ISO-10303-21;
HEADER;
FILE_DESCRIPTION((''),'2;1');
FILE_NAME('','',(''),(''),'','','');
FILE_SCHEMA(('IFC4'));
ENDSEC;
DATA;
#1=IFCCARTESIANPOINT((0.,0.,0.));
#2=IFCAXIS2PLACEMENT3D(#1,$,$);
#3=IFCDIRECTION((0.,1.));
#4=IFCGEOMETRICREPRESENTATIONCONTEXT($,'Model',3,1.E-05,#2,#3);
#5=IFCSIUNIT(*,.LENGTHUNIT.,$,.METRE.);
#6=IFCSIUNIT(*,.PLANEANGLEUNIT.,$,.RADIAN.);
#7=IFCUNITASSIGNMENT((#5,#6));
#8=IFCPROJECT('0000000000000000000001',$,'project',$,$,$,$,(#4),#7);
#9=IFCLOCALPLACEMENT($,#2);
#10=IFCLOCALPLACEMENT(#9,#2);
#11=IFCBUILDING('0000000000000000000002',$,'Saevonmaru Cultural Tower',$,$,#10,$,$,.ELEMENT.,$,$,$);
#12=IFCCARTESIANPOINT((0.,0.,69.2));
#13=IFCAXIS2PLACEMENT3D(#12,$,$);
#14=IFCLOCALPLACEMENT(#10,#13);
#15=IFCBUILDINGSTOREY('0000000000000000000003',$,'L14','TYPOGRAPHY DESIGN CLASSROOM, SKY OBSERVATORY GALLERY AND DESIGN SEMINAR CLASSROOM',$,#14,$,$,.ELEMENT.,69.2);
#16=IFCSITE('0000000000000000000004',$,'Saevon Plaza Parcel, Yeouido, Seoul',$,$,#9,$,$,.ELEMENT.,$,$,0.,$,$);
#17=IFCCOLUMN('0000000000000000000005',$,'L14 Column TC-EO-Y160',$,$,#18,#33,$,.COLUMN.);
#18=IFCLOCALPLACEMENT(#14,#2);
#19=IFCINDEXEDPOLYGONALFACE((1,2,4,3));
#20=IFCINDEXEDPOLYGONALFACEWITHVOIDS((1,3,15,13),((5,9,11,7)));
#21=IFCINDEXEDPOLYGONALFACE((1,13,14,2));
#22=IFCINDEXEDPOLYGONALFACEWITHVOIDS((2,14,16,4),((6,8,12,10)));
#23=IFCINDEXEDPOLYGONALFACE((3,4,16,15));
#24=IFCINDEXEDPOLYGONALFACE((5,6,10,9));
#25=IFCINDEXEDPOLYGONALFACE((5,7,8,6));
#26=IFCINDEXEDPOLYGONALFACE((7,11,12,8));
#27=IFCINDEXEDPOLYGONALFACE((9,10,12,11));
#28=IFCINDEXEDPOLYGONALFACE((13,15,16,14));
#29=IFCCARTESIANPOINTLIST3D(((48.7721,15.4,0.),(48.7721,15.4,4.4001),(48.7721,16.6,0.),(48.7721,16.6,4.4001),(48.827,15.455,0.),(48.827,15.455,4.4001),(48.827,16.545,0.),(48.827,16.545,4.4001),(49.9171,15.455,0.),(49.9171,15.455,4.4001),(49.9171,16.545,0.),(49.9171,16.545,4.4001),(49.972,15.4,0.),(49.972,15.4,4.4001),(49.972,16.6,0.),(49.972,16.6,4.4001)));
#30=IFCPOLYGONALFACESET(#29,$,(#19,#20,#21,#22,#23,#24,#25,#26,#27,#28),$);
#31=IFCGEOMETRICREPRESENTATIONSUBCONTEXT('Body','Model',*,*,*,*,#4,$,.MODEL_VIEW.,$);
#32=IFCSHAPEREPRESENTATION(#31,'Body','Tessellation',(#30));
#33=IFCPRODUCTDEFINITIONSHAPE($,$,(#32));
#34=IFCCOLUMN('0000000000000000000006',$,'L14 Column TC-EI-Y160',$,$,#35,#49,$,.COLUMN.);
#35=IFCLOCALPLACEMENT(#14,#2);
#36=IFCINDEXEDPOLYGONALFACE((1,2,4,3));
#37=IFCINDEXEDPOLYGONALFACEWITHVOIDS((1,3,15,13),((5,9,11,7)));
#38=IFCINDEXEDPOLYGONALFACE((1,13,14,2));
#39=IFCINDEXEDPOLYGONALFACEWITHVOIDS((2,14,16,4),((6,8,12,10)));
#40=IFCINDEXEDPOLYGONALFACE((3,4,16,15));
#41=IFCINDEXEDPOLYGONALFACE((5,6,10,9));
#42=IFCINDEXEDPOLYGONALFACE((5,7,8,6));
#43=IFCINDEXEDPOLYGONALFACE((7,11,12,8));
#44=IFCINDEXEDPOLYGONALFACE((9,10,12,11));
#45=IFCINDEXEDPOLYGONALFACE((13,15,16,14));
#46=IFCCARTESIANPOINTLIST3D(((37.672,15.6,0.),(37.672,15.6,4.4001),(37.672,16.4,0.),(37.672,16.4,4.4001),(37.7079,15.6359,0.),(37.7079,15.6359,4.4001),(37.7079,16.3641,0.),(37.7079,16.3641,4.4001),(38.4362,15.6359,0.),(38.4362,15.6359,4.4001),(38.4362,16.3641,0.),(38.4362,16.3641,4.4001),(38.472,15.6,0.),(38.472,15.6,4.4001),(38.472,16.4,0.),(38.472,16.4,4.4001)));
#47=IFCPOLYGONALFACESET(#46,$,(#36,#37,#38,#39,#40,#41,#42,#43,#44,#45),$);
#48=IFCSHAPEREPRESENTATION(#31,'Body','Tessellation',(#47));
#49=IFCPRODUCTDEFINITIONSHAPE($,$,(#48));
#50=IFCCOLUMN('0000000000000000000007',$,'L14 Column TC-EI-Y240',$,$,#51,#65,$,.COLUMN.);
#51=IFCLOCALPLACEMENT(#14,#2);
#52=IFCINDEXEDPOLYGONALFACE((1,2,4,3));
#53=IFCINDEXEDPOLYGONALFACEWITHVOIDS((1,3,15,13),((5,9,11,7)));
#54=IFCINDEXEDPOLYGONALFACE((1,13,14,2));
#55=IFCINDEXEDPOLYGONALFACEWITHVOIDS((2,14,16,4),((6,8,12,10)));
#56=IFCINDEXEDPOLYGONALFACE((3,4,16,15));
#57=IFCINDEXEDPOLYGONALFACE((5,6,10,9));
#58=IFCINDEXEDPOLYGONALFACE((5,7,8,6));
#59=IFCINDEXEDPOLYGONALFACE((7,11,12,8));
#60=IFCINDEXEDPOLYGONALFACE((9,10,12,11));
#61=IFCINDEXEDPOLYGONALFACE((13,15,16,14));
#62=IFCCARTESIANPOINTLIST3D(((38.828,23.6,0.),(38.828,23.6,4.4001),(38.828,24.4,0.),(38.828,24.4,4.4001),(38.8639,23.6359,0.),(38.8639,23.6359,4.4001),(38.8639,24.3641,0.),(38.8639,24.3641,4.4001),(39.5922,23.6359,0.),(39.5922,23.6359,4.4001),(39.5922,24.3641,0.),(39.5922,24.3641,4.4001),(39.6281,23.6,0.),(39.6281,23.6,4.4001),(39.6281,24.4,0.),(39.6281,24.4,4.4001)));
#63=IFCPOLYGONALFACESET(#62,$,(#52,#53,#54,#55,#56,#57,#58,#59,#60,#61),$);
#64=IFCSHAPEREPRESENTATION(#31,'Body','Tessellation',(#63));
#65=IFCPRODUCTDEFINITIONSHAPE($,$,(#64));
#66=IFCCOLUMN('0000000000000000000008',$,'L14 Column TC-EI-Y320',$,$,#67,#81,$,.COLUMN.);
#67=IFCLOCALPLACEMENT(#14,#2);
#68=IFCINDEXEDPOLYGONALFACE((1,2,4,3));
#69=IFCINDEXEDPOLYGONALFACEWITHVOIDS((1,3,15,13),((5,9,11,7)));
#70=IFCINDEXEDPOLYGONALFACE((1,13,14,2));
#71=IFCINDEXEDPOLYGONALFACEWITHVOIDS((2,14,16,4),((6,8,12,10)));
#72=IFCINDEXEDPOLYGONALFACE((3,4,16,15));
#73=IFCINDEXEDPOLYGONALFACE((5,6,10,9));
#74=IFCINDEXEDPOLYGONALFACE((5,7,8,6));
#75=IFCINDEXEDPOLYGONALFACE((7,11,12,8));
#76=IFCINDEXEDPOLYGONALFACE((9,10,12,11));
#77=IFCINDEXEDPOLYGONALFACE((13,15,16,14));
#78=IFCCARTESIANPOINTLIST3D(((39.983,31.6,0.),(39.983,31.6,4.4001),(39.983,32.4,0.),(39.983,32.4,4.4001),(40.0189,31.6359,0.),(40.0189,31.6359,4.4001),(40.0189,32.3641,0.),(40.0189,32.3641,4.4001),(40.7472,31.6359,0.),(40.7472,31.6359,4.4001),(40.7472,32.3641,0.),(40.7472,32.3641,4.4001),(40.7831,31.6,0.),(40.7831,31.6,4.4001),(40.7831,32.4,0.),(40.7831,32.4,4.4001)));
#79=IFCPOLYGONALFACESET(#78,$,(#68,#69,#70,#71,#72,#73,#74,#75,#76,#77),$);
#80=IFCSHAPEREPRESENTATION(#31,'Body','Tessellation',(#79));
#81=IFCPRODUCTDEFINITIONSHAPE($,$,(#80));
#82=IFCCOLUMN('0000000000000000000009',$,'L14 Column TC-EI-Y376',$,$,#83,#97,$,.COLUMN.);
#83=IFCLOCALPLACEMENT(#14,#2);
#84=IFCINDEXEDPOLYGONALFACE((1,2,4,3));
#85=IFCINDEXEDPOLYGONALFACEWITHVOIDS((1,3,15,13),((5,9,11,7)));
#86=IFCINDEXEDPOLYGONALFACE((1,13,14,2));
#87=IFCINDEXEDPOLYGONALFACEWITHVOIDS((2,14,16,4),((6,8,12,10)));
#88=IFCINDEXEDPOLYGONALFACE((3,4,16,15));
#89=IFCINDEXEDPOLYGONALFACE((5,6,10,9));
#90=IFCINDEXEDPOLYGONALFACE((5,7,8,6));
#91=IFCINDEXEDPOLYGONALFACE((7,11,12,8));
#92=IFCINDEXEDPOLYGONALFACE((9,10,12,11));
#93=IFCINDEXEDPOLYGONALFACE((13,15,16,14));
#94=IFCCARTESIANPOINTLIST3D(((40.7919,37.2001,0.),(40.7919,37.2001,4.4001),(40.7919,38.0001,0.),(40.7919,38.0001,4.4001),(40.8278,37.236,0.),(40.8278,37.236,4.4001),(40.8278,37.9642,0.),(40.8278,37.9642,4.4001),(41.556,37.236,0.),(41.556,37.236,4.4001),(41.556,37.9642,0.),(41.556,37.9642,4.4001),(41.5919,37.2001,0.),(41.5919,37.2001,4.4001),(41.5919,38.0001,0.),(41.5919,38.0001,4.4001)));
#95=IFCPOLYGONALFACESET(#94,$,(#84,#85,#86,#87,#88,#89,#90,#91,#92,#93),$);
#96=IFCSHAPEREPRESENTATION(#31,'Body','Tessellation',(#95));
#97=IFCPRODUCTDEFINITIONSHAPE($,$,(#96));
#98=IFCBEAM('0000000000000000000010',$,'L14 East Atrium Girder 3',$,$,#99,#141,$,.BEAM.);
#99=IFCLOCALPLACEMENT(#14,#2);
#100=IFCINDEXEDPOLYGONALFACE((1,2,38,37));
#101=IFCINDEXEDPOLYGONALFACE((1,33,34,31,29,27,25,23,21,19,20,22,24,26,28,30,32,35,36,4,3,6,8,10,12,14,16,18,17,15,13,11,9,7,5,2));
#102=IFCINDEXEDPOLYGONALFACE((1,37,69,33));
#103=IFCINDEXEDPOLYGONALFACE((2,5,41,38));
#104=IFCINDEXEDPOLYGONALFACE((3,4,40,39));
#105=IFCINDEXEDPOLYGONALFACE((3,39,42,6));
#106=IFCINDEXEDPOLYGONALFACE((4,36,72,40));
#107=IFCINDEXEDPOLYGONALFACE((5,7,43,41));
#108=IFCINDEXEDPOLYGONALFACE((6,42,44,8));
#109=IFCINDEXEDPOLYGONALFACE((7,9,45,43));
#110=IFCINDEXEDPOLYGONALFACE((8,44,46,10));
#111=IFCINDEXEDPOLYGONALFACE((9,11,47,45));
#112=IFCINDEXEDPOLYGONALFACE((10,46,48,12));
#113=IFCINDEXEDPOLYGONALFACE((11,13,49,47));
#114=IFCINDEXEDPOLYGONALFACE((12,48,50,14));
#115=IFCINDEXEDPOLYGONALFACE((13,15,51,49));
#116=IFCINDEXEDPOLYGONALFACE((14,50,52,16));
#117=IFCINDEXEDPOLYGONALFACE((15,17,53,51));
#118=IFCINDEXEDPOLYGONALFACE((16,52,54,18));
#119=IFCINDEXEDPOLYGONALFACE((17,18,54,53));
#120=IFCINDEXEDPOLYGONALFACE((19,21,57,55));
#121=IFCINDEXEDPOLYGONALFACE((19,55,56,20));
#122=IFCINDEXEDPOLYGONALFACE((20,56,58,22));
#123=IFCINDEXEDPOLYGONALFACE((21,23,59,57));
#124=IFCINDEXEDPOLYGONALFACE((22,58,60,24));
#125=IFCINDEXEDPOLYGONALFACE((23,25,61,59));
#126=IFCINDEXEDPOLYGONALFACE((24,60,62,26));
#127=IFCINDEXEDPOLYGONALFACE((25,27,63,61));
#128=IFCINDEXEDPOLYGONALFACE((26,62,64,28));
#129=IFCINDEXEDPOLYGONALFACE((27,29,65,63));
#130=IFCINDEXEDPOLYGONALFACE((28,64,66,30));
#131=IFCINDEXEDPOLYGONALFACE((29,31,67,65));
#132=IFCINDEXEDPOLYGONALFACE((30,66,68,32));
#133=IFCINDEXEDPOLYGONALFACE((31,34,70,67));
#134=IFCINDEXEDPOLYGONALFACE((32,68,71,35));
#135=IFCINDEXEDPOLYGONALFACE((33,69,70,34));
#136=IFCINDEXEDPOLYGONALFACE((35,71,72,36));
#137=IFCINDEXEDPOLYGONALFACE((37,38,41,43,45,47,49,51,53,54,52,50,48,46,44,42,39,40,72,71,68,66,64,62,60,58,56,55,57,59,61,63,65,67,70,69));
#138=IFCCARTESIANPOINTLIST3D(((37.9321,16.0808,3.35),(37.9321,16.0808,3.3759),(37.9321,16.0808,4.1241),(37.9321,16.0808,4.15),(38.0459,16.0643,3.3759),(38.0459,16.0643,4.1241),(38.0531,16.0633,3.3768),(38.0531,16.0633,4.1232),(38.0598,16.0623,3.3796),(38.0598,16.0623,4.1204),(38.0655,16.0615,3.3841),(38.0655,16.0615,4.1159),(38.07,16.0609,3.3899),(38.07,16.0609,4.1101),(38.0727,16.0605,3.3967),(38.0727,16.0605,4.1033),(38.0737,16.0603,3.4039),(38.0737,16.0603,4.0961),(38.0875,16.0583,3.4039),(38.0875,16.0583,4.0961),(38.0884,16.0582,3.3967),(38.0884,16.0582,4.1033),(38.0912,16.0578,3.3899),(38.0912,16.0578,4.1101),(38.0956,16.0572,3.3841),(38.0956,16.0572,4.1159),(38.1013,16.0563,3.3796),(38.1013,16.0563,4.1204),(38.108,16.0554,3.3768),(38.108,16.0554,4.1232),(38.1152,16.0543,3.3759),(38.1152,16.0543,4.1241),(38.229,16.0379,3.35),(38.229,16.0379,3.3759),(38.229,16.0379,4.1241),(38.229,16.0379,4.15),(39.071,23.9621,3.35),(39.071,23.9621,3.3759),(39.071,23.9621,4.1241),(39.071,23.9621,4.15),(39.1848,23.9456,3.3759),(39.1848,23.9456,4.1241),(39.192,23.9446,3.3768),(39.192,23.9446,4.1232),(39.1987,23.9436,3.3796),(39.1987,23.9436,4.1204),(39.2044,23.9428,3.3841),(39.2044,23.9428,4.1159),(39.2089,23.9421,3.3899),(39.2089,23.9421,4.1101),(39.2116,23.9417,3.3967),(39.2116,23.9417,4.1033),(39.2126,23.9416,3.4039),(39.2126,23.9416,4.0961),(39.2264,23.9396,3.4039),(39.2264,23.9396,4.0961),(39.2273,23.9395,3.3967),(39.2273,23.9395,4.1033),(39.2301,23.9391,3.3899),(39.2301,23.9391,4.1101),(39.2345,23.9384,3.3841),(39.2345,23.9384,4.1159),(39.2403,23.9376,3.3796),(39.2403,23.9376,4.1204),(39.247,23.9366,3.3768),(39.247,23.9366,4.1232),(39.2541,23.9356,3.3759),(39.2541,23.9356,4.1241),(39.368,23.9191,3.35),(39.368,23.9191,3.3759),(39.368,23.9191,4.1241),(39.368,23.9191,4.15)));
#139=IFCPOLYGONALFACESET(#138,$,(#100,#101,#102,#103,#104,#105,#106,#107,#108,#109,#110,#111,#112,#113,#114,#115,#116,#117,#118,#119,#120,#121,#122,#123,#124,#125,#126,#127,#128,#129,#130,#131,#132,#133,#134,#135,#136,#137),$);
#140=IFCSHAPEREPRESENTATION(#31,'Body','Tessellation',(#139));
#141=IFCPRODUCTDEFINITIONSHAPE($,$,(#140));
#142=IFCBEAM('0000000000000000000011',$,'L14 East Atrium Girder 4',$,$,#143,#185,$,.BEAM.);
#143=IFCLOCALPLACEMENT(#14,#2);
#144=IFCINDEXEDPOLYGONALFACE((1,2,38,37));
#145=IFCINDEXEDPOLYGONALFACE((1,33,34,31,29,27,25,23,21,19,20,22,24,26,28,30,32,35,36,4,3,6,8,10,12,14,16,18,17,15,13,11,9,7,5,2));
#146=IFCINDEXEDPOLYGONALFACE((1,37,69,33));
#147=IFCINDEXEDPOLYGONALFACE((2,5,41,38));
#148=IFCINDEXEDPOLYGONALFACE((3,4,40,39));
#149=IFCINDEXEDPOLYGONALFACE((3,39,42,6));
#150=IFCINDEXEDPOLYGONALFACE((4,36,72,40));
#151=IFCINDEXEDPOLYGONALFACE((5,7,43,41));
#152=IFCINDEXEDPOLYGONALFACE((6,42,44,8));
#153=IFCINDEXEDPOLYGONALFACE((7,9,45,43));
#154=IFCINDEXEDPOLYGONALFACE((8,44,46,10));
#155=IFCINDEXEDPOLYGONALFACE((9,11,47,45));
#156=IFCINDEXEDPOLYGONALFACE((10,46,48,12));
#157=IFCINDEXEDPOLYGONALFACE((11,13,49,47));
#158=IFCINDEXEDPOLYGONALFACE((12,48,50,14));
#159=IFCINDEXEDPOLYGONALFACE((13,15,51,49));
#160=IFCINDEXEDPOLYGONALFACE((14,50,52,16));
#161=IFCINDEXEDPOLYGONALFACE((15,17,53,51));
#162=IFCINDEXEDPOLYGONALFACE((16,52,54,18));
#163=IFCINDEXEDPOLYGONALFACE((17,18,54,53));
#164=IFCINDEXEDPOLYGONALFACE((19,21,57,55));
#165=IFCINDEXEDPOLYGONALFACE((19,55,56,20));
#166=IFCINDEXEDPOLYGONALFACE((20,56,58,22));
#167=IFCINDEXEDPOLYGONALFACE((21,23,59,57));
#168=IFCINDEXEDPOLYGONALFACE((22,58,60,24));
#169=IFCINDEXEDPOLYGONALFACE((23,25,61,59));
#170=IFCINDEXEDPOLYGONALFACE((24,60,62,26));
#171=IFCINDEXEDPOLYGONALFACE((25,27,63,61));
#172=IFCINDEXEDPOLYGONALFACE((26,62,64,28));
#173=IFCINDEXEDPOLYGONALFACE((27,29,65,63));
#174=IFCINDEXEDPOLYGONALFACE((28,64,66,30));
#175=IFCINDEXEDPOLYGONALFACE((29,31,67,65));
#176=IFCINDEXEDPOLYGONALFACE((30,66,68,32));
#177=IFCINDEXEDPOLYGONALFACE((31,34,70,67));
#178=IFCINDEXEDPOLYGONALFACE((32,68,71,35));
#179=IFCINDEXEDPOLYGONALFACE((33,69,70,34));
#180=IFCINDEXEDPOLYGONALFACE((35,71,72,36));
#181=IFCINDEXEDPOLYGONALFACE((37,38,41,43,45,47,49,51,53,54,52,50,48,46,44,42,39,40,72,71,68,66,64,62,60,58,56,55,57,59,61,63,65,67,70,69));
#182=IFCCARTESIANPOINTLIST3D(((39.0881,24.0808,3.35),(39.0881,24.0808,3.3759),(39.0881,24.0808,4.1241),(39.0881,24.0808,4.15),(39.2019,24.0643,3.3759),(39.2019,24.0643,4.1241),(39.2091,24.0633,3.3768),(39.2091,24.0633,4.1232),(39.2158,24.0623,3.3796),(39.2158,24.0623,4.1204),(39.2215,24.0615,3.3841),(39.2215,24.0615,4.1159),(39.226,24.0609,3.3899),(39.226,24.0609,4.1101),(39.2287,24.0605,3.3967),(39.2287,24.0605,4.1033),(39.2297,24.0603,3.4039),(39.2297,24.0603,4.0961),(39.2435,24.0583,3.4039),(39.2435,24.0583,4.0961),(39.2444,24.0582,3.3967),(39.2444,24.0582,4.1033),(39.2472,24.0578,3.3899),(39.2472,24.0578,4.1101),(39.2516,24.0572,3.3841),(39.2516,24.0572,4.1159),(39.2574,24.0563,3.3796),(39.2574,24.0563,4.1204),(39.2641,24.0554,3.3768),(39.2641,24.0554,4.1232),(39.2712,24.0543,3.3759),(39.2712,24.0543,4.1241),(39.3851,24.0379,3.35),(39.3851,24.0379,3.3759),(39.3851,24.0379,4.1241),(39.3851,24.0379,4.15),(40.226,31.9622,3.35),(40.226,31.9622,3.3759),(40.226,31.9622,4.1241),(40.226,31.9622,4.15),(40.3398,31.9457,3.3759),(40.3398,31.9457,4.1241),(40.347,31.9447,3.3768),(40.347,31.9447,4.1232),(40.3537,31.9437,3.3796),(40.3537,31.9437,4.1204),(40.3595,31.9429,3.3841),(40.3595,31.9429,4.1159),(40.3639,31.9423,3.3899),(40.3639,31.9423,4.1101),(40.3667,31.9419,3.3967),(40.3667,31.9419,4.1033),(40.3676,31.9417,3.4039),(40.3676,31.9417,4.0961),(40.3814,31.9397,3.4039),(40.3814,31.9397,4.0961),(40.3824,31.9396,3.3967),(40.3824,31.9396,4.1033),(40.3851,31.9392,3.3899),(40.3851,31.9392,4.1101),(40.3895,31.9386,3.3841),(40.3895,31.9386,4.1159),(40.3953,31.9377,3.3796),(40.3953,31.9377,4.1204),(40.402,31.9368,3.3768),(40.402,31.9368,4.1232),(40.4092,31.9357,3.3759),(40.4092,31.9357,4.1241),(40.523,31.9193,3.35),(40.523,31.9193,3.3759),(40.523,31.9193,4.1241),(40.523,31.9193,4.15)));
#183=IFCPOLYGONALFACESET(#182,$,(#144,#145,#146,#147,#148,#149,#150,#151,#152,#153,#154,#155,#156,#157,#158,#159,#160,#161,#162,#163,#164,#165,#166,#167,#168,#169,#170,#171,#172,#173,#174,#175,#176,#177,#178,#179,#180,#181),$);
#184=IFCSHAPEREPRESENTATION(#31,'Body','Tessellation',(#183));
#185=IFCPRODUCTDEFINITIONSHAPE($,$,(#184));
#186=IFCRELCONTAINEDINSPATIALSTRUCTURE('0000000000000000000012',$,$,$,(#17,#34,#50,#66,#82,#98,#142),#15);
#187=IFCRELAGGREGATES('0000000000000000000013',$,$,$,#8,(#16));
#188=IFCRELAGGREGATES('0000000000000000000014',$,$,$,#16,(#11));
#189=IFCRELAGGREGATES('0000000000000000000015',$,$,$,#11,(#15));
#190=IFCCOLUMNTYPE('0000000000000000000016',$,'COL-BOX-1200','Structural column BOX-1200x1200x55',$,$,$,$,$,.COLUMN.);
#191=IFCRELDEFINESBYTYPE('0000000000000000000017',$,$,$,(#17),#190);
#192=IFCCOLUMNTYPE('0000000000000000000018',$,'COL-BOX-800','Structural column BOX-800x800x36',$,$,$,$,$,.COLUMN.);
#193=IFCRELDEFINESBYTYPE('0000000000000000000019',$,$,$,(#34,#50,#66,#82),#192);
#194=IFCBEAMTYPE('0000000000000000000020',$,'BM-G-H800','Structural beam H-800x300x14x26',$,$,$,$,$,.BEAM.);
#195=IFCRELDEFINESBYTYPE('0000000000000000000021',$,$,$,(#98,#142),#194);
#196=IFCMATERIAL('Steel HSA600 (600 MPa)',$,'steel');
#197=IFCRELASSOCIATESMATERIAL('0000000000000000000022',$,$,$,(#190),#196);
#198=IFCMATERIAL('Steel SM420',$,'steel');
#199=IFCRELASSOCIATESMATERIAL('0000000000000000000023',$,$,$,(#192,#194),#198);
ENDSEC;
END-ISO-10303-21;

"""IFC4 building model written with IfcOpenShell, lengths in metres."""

from ifc_helpers import new_model, si_unit, direction, frame, origin, origin_2d, place, context, subcontext, project, spatial, hollow_rectangle, i_section, extrude, material, material_profile, profile_set, type_object, element, save


model = new_model("IFC4")

# Units and contexts
model_context = context("Model", 3, precision=1e-05, world=origin(), true_north=direction((0.0, 1.0)))
body_context = subcontext(model_context, "Body", "Model", "MODEL_VIEW")
ifc_project = project(units=[si_unit("LENGTHUNIT", "METRE"), si_unit("PLANEANGLEUNIT", "RADIAN")], contexts=[model_context])

# Site, building, storey
site_placement = place(None, origin())
site = spatial("IfcSite", under=ifc_project, at=site_placement, Name="Saevon Plaza Parcel, Yeouido, Seoul", CompositionType="ELEMENT", RefElevation=0.0)
building_placement = place(site_placement, origin())
building = spatial("IfcBuilding", under=site, at=building_placement, Name="Saevonmaru Cultural Tower", CompositionType="ELEMENT")
storey_placement = place(building_placement, frame((0.0, 0.0, 69.2)))
storey = spatial("IfcBuildingStorey", under=building, at=storey_placement, Name="L14", Description="TYPOGRAPHY DESIGN CLASSROOM, SKY OBSERVATORY GALLERY AND DESIGN SEMINAR CLASSROOM", CompositionType="ELEMENT", Elevation=69.2)

# Columns
ifc_material_1 = material(Name="Steel HSA600 (600 MPa)", Category="steel")
ifc_material_profile_1 = material_profile(ifc_material_1, hollow_rectangle(XDim=1.2, YDim=1.2, WallThickness=0.0549, at=origin_2d()), Name="BOX-1200x1200x55")
ifc_profile_set_1 = profile_set([ifc_material_profile_1], Name="Steel HSA600 (600 MPa)")
column_type_1 = type_object("IfcColumnType", Name="COL-BOX-1200", Description="Structural column BOX-1200x1200x55", PredefinedType="COLUMN", material=ifc_profile_set_1)
column_placement = place(storey_placement, frame((49.3721, 16.0, 0.0), z_axis=(0.0, 0.0, 1.0), x_axis=(1.0, 0.0, 0.0)))
element("IfcColumn", 1, at=column_placement, inside=storey, type_object=column_type_1, Name="L14 Column TC-EO-Y160", PredefinedType="COLUMN", context=body_context, shape_type="SweptSolid", body=[
    extrude(hollow_rectangle(XDim=1.2, YDim=1.2, WallThickness=0.0549, at=origin_2d()), origin(), (0.0, 0.0, 1.0), 4.4001),
])
ifc_material_2 = material(Name="Steel SM420", Category="steel")
ifc_material_profile_2 = material_profile(ifc_material_2, hollow_rectangle(XDim=0.8, YDim=0.8, WallThickness=0.0359, at=origin_2d()), Name="BOX-800x800x36")
ifc_profile_set_2 = profile_set([ifc_material_profile_2], Name="Steel SM420")
column_type_2 = type_object("IfcColumnType", Name="COL-BOX-800", Description="Structural column BOX-800x800x36", PredefinedType="COLUMN", material=ifc_profile_set_2)
for number, where, z_axis, x_axis, name in (
    (2, (38.072, 16.0, 0.0), (0.0, 0.0, 1.0), (1.0, 0.0, 0.0), "L14 Column TC-EI-Y160"),
    (3, (39.228, 24.0, 0.0), (0.0, 0.0, 1.0), (1.0, 0.0, 0.0), "L14 Column TC-EI-Y240"),
    (4, (40.3831, 32.0, 0.0), (0.0, 0.0, 1.0), (1.0, 0.0, 0.0), "L14 Column TC-EI-Y320"),
    (5, (41.1919, 37.6001, 0.0), (0.0, 0.0, 1.0), (1.0, 0.0, 0.0), "L14 Column TC-EI-Y376"),
):
    element("IfcColumn", number, at=place(storey_placement, frame(where, z_axis=z_axis, x_axis=x_axis)), inside=storey, type_object=column_type_2, Name=name, PredefinedType="COLUMN", context=body_context, shape_type="SweptSolid", body=[
        extrude(hollow_rectangle(XDim=0.8, YDim=0.8, WallThickness=0.0359, at=origin_2d()), origin(), (0.0, 0.0, 1.0), 4.4001),
    ])

# Beams
ifc_material_profile_3 = material_profile(ifc_material_2, i_section(OverallWidth=0.3, OverallDepth=0.8, WebThickness=0.0139, FlangeThickness=0.0259, FilletRadius=0.0281, at=origin_2d()), Name="H-800x300x14x26")
ifc_profile_set_3 = profile_set([ifc_material_profile_3], Name="Steel SM420")
beam_type_1 = type_object("IfcBeamType", Name="BM-G-H800", Description="Structural beam H-800x300x14x26", PredefinedType="BEAM", material=ifc_profile_set_3)
for number, where, z_axis, x_axis, name in (
    (6, (38.0806, 16.0593, 3.75), (0.143022, 0.989719, 0.0), (-0.989719, 0.143022, 0.0), "L14 East Atrium Girder 3"),
    (7, (39.2366, 24.0593, 3.75), (0.142902, 0.989737, 0.0), (-0.989737, 0.142902, 0.0), "L14 East Atrium Girder 4"),
):
    element("IfcBeam", number, at=place(storey_placement, frame(where, z_axis=z_axis, x_axis=x_axis)), inside=storey, type_object=beam_type_1, Name=name, PredefinedType="BEAM", context=body_context, shape_type="SweptSolid", body=[
        extrude(i_section(OverallWidth=0.3, OverallDepth=0.8, WebThickness=0.0139, FlangeThickness=0.0259, FilletRadius=0.0281, at=origin_2d()), origin(), (0.0, 0.0, 1.0), 7.9631),
    ])

save(model, "model.ifc")
